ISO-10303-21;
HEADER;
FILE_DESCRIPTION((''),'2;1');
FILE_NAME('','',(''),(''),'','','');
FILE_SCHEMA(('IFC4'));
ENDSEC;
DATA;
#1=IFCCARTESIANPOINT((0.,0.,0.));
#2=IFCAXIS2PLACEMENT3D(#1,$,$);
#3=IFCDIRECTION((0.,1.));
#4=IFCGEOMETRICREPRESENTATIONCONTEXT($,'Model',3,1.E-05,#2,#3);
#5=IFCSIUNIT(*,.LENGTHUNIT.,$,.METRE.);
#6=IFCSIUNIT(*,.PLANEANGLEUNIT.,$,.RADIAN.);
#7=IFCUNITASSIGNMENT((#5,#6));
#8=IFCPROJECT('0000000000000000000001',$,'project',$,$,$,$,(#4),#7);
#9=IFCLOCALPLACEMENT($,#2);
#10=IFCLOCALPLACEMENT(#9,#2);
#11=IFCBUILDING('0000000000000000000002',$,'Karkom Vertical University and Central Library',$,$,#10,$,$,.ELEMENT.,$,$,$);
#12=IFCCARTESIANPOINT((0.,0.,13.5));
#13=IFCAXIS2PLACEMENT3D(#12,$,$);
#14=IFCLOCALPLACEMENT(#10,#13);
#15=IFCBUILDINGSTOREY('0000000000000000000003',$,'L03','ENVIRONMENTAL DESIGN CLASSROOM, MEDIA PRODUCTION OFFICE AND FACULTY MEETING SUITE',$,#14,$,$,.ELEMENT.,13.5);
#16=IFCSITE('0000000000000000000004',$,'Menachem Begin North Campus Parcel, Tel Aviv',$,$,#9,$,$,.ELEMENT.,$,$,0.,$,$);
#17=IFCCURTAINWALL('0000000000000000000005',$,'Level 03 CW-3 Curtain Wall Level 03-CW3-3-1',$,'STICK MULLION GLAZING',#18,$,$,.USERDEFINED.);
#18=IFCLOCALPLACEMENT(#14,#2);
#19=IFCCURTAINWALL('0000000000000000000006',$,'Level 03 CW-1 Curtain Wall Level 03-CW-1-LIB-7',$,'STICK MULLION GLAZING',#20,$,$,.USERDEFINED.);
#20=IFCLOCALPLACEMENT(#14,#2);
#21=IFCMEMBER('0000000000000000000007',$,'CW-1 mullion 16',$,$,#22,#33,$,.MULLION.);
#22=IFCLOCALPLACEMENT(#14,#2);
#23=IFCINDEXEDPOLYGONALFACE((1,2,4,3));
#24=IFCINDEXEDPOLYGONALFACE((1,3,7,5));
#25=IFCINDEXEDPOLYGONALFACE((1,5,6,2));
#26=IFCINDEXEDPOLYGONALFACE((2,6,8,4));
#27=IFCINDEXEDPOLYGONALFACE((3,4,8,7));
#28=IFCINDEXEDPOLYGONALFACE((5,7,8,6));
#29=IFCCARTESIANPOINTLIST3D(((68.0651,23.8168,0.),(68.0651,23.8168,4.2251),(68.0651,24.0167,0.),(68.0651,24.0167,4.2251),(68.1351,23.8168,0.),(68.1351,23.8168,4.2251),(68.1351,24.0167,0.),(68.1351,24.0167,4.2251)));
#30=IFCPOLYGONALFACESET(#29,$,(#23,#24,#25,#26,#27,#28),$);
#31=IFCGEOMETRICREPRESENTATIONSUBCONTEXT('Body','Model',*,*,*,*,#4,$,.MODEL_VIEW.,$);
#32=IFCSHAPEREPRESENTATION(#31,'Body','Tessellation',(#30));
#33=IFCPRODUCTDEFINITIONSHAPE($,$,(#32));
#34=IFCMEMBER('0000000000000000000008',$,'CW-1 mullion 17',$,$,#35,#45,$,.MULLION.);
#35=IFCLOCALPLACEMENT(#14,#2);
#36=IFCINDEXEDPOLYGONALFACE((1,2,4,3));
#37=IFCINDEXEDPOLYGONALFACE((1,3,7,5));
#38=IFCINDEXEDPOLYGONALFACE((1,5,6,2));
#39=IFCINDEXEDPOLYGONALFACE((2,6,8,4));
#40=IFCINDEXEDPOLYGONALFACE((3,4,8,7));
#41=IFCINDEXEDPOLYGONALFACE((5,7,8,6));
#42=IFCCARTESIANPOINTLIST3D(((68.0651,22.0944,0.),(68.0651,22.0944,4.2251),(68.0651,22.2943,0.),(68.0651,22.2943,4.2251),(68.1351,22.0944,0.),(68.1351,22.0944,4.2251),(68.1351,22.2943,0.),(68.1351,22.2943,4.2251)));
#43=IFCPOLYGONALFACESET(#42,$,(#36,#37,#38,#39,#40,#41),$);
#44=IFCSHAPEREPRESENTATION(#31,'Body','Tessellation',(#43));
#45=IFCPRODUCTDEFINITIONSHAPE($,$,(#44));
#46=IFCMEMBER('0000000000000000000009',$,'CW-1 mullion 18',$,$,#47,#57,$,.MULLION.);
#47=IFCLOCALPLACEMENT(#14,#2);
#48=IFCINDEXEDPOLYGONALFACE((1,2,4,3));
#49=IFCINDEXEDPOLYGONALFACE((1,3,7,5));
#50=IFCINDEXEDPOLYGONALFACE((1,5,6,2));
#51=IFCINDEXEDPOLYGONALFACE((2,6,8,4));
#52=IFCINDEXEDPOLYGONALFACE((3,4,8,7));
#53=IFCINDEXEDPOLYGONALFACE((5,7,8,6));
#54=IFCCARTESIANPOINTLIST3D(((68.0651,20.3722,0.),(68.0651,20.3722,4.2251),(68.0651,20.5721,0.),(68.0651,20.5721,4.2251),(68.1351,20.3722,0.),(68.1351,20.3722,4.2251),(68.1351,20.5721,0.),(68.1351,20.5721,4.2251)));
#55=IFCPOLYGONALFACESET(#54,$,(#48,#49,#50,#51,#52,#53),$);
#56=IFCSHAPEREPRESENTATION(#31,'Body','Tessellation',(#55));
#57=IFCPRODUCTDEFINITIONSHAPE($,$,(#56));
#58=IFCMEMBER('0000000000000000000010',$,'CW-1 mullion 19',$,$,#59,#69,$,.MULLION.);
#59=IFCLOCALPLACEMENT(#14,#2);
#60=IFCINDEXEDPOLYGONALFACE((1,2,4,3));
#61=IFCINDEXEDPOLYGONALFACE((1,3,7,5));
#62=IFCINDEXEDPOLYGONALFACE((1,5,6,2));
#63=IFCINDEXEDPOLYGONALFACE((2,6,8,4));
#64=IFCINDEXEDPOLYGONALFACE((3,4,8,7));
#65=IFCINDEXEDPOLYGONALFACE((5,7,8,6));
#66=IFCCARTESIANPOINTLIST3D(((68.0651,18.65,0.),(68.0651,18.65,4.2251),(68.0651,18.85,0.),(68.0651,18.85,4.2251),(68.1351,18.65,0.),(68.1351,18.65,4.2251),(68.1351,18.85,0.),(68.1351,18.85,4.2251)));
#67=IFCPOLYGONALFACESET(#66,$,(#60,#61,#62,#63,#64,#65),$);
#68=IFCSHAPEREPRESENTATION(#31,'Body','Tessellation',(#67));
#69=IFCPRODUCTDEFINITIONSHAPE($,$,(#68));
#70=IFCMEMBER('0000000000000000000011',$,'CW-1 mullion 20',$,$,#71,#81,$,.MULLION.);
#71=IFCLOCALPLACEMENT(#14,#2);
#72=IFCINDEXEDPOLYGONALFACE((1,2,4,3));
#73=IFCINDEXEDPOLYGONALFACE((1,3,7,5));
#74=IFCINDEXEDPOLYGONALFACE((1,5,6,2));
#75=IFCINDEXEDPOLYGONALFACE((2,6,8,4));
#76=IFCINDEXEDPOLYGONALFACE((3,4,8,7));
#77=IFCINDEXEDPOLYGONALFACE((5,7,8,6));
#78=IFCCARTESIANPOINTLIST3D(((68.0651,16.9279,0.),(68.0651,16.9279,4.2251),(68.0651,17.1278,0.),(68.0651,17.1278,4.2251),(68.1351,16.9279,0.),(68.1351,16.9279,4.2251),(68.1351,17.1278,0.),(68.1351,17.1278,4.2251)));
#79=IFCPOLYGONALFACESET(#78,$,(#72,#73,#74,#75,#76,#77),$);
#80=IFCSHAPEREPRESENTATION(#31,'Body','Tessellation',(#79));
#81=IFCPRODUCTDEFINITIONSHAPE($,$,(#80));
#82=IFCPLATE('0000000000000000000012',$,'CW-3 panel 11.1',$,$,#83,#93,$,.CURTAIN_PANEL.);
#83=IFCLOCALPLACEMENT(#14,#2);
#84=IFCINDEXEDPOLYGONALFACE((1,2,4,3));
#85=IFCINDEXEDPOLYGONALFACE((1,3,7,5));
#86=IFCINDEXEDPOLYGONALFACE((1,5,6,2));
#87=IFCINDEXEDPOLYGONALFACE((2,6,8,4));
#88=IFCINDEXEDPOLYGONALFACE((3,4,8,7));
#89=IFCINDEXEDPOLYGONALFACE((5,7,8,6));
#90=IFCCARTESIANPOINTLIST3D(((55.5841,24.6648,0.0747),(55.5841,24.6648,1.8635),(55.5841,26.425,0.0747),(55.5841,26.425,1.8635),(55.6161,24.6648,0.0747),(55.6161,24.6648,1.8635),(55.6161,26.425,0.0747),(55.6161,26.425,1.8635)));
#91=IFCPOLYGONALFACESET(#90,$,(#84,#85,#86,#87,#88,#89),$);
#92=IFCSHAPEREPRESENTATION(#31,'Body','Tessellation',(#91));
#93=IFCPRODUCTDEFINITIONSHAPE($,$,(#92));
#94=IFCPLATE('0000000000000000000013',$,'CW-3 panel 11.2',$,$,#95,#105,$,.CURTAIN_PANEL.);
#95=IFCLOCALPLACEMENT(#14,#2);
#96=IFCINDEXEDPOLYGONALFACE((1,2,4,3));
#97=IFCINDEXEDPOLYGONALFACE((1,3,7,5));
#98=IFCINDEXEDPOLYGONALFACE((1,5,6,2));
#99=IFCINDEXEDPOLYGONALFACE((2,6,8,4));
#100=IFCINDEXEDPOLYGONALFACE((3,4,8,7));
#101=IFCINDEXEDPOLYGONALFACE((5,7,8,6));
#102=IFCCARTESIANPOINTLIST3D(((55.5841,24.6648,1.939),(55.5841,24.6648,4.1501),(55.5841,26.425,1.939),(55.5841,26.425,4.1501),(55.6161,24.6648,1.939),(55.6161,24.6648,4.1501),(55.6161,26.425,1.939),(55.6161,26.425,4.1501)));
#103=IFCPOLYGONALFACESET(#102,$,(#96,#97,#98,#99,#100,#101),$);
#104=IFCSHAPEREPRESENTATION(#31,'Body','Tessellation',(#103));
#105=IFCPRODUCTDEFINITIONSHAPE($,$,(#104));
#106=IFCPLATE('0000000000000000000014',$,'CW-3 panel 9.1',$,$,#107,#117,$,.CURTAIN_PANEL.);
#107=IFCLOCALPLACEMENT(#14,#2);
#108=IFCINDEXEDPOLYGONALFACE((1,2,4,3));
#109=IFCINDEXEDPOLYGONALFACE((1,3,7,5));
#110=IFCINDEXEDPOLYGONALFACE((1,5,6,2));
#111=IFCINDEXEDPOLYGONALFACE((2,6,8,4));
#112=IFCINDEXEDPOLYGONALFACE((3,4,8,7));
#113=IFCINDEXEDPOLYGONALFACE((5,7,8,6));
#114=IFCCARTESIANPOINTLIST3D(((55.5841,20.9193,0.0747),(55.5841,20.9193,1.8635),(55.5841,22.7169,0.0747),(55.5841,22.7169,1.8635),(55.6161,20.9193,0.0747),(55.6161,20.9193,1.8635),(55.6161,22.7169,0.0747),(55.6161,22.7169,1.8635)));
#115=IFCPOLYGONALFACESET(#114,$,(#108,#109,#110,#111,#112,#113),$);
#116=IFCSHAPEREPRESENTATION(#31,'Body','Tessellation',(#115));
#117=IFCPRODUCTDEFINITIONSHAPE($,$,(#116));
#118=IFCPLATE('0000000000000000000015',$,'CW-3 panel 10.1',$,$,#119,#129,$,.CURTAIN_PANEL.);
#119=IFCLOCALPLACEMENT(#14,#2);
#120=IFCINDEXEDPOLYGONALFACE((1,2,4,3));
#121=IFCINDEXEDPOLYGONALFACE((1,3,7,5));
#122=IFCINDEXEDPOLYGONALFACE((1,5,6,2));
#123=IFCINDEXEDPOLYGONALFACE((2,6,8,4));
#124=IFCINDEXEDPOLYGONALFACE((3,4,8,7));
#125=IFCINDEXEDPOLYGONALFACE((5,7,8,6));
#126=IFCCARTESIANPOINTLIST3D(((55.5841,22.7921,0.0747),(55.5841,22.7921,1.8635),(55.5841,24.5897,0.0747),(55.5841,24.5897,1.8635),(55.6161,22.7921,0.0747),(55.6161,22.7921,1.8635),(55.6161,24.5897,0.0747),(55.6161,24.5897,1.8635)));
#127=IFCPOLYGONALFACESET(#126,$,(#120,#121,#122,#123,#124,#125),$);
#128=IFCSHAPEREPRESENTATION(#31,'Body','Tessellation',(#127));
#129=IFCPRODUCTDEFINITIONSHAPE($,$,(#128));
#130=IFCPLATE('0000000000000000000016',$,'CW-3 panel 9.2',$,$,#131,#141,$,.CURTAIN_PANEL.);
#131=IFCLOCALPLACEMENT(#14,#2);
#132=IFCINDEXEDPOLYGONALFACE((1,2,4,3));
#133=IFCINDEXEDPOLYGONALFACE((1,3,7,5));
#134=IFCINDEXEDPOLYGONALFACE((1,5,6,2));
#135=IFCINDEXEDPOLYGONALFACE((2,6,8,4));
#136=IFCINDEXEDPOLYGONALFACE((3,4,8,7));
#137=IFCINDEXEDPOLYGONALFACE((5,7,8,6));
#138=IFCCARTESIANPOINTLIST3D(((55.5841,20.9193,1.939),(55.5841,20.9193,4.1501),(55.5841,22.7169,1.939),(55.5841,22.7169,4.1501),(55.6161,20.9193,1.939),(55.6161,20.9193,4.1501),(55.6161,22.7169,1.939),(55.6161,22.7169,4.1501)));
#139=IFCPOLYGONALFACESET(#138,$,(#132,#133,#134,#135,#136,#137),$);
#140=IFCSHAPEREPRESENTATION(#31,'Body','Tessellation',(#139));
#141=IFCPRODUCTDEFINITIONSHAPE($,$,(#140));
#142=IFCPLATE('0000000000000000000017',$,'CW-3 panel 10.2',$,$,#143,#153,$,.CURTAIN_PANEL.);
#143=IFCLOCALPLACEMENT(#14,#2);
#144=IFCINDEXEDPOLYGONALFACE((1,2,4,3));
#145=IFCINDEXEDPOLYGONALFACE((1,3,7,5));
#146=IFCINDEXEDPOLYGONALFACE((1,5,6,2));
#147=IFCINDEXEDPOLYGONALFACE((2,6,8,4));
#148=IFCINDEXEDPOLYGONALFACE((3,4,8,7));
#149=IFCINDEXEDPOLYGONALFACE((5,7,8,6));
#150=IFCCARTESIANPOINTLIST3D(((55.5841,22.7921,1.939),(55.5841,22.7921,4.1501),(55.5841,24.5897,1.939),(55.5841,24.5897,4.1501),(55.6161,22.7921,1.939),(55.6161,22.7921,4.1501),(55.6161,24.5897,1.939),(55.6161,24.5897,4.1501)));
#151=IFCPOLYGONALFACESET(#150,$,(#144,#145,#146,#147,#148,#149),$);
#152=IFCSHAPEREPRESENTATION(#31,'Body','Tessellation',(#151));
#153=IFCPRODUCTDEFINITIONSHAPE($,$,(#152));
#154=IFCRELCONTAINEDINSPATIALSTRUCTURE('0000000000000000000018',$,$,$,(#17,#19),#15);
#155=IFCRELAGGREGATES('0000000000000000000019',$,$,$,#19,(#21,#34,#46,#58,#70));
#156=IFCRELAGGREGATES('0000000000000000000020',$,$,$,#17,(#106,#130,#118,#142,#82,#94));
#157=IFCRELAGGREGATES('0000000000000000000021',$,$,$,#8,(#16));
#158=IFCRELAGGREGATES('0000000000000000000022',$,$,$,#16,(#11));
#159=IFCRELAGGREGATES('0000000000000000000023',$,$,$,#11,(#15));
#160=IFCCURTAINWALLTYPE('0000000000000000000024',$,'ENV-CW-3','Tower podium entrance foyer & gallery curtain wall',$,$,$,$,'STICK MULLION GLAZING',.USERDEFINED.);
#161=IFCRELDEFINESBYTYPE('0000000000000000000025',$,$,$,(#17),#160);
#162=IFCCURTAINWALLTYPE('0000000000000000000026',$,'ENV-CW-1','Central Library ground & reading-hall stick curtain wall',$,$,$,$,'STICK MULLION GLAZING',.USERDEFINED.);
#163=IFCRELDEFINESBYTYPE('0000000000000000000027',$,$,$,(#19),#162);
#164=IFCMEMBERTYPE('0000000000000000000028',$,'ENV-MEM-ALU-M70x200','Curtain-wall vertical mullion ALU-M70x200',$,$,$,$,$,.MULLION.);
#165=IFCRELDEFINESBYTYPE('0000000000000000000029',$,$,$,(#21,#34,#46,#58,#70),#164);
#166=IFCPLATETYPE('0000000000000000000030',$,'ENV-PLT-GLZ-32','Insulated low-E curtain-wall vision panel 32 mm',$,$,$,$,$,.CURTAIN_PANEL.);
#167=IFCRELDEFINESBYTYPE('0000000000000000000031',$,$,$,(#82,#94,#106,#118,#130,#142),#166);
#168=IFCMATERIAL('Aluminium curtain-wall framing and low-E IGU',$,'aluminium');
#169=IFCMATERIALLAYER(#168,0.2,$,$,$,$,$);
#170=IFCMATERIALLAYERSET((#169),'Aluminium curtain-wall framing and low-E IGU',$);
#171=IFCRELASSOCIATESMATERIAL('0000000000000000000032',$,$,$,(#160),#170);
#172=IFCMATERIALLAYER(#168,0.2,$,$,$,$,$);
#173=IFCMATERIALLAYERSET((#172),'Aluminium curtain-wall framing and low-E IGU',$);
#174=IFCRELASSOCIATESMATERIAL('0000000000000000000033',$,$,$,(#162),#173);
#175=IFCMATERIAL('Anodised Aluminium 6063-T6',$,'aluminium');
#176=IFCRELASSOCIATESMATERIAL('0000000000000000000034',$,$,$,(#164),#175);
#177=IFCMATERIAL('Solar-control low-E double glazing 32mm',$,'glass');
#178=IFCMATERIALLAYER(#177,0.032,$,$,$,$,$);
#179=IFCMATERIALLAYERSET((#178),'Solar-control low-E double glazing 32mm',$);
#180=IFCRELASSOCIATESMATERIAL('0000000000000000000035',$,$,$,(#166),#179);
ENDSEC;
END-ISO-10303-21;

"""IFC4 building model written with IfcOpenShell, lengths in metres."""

from ifc_helpers import new_model, si_unit, direction, frame, origin, origin_with_axes, origin_2d, place, context, subcontext, project, spatial, rectangle, extrude, source, transform, mapped, material, layer, layer_set, material_profile, profile_set, type_object, element, aggregate, save


model = new_model("IFC4")

# Units and contexts
model_context = context("Model", 3, precision=1e-05, world=origin(), true_north=direction((0.0, 1.0)))
body_context = subcontext(model_context, "Body", "Model", "MODEL_VIEW")
ifc_project = project(units=[si_unit("LENGTHUNIT", "METRE"), si_unit("PLANEANGLEUNIT", "RADIAN")], contexts=[model_context])

# Site, building, storey
site_placement = place(None, origin())
site = spatial("IfcSite", under=ifc_project, at=site_placement, Name="Menachem Begin North Campus Parcel, Tel Aviv", CompositionType="ELEMENT", RefElevation=0.0)
building_placement = place(site_placement, origin())
building = spatial("IfcBuilding", under=site, at=building_placement, Name="Karkom Vertical University and Central Library", CompositionType="ELEMENT")
storey_placement = place(building_placement, frame((0.0, 0.0, 13.5)))
storey = spatial("IfcBuildingStorey", under=building, at=storey_placement, Name="L03", Description="ENVIRONMENTAL DESIGN CLASSROOM, MEDIA PRODUCTION OFFICE AND FACULTY MEETING SUITE", CompositionType="ELEMENT", Elevation=13.5)

# Curtain wall
ifc_material_1 = material(Name="Aluminium curtain-wall framing and low-E IGU", Category="aluminium")
ifc_layer_1 = layer(ifc_material_1, 0.2)
ifc_layer_set_1 = layer_set([ifc_layer_1], Name="Aluminium curtain-wall framing and low-E IGU")
curtain_wall_type_1 = type_object("IfcCurtainWallType", Name="ENV-CW-3", Description="Tower podium entrance foyer & gallery curtain wall", ElementType="STICK MULLION GLAZING", PredefinedType="USERDEFINED", material=ifc_layer_set_1)
curtain_wall_1_placement = place(storey_placement, origin())
curtain_wall_1 = element("IfcCurtainWall", 1, at=curtain_wall_1_placement, inside=storey, type_object=curtain_wall_type_1, Name="Level 03 CW-3 Curtain Wall Level 03-CW3-3-1", ObjectType="STICK MULLION GLAZING", PredefinedType="USERDEFINED")
ifc_material_2 = material(Name="Anodised Aluminium 6063-T6", Category="aluminium")

# Curtain wall, members
ifc_layer_2 = layer(ifc_material_1, 0.2)
ifc_layer_set_2 = layer_set([ifc_layer_2], Name="Aluminium curtain-wall framing and low-E IGU")
curtain_wall_type_2 = type_object("IfcCurtainWallType", Name="ENV-CW-1", Description="Central Library ground & reading-hall stick curtain wall", ElementType="STICK MULLION GLAZING", PredefinedType="USERDEFINED", material=ifc_layer_set_2)
curtain_wall_2_placement = place(storey_placement, origin())
curtain_wall_2 = element("IfcCurtainWall", 2, at=curtain_wall_2_placement, inside=storey, type_object=curtain_wall_type_2, Name="Level 03 CW-1 Curtain Wall Level 03-CW-1-LIB-7", ObjectType="STICK MULLION GLAZING", PredefinedType="USERDEFINED")
ifc_material_profile_1 = material_profile(ifc_material_2, rectangle(XDim=0.0701, YDim=0.2, at=origin_2d()), Name="ALU-M70x200")
ifc_profile_set_1 = profile_set([ifc_material_profile_1], Name="Anodised Aluminium 6063-T6")
member_type_1 = type_object("IfcMemberType", Name="ENV-MEM-ALU-M70x200", Description="Curtain-wall vertical mullion ALU-M70x200", PredefinedType="MULLION", material=ifc_profile_set_1)
shared_shape_1 = source(origin_with_axes(), body_context, "Body", "SweptSolid", [
    extrude(rectangle(XDim=0.0701, YDim=0.2, at=origin_2d()), origin(), (0.0, 0.0, 1.0), 4.2251),
])
member_1_placement = place(storey_placement, frame((68.1001, 23.9167, 0.0), z_axis=(0.0, 0.0, 1.0), x_axis=(1.0, 0.0, 0.0)))
member_1 = element("IfcMember", 3, at=member_1_placement, type_object=member_type_1, Name="CW-1 mullion 16", PredefinedType="MULLION", context=body_context, shape_type="MappedRepresentation", body=[
    mapped(shared_shape_1, transform((0.0, 0.0, 0.0), scale=1.0)),
])
member_2_placement = place(storey_placement, frame((68.1001, 22.1943, 0.0), z_axis=(0.0, 0.0, 1.0), x_axis=(1.0, 0.0, 0.0)))
member_2 = element("IfcMember", 4, at=member_2_placement, type_object=member_type_1, Name="CW-1 mullion 17", PredefinedType="MULLION", context=body_context, shape_type="MappedRepresentation", body=[
    mapped(shared_shape_1, transform((0.0, 0.0, 0.0), scale=1.0)),
])
member_3_placement = place(storey_placement, frame((68.1001, 20.4722, 0.0), z_axis=(0.0, 0.0, 1.0), x_axis=(1.0, 0.0, 0.0)))
member_3 = element("IfcMember", 5, at=member_3_placement, type_object=member_type_1, Name="CW-1 mullion 18", PredefinedType="MULLION", context=body_context, shape_type="MappedRepresentation", body=[
    mapped(shared_shape_1, transform((0.0, 0.0, 0.0), scale=1.0)),
])
member_4_placement = place(storey_placement, frame((68.1001, 18.75, 0.0), z_axis=(0.0, 0.0, 1.0), x_axis=(1.0, 0.0, 0.0)))
member_4 = element("IfcMember", 6, at=member_4_placement, type_object=member_type_1, Name="CW-1 mullion 19", PredefinedType="MULLION", context=body_context, shape_type="MappedRepresentation", body=[
    mapped(shared_shape_1, transform((0.0, 0.0, 0.0), scale=1.0)),
])
member_5_placement = place(storey_placement, frame((68.1001, 17.0278, 0.0), z_axis=(0.0, 0.0, 1.0), x_axis=(1.0, 0.0, 0.0)))
member_5 = element("IfcMember", 7, at=member_5_placement, type_object=member_type_1, Name="CW-1 mullion 20", PredefinedType="MULLION", context=body_context, shape_type="MappedRepresentation", body=[
    mapped(shared_shape_1, transform((0.0, 0.0, 0.0), scale=1.0)),
])
aggregate(curtain_wall_2, [member_1, member_2, member_3, member_4, member_5])

# Plates
ifc_material_3 = material(Name="Solar-control low-E double glazing 32mm", Category="glass")
ifc_layer_3 = layer(ifc_material_3, 0.032)
ifc_layer_set_3 = layer_set([ifc_layer_3], Name="Solar-control low-E double glazing 32mm")
plate_type = type_object("IfcPlateType", Name="ENV-PLT-GLZ-32", Description="Insulated low-E curtain-wall vision panel 32 mm", PredefinedType="CURTAIN_PANEL", material=ifc_layer_set_3)
shared_shape_2 = source(origin_with_axes(), body_context, "Body", "SweptSolid", [
    extrude(rectangle(XDim=1.7603, YDim=0.032, at=origin_2d()), origin(), (0.0, 0.0, 1.0), 1.7888),
])
plate_1_placement = place(storey_placement, frame((55.6001, 25.5449, 0.0747), z_axis=(0.0, 0.0, 1.0), x_axis=(0.0, 1.0, 0.0)))
plate_1 = element("IfcPlate", 8, at=plate_1_placement, type_object=plate_type, Name="CW-3 panel 11.1", PredefinedType="CURTAIN_PANEL", context=body_context, shape_type="MappedRepresentation", body=[
    mapped(shared_shape_2, transform((0.0, 0.0, 0.0), scale=1.0)),
])
shared_shape_3 = source(origin_with_axes(), body_context, "Body", "SweptSolid", [
    extrude(rectangle(XDim=1.7603, YDim=0.032, at=origin_2d()), origin(), (0.0, 0.0, 1.0), 2.2112),
])
plate_2_placement = place(storey_placement, frame((55.6001, 25.5449, 1.939), z_axis=(0.0, 0.0, 1.0), x_axis=(0.0, 1.0, 0.0)))
plate_2 = element("IfcPlate", 9, at=plate_2_placement, type_object=plate_type, Name="CW-3 panel 11.2", PredefinedType="CURTAIN_PANEL", context=body_context, shape_type="MappedRepresentation", body=[
    mapped(shared_shape_3, transform((0.0, 0.0, 0.0), scale=1.0)),
])
shared_shape_4 = source(origin_with_axes(), body_context, "Body", "SweptSolid", [
    extrude(rectangle(XDim=1.7976, YDim=0.032, at=origin_2d()), origin(), (0.0, 0.0, 1.0), 1.7888),
])
plate_3_placement = place(storey_placement, frame((55.6001, 21.8181, 0.0747), z_axis=(0.0, 0.0, 1.0), x_axis=(0.0, 1.0, 0.0)))
plate_3 = element("IfcPlate", 10, at=plate_3_placement, type_object=plate_type, Name="CW-3 panel 9.1", PredefinedType="CURTAIN_PANEL", context=body_context, shape_type="MappedRepresentation", body=[
    mapped(shared_shape_4, transform((0.0, 0.0, 0.0), scale=1.0)),
])
plate_4_placement = place(storey_placement, frame((55.6001, 23.6909, 0.0747), z_axis=(0.0, 0.0, 1.0), x_axis=(0.0, 1.0, 0.0)))
plate_4 = element("IfcPlate", 11, at=plate_4_placement, type_object=plate_type, Name="CW-3 panel 10.1", PredefinedType="CURTAIN_PANEL", context=body_context, shape_type="MappedRepresentation", body=[
    mapped(shared_shape_4, transform((0.0, 0.0, 0.0), scale=1.0)),
])
shared_shape_5 = source(origin_with_axes(), body_context, "Body", "SweptSolid", [
    extrude(rectangle(XDim=1.7976, YDim=0.032, at=origin_2d()), origin(), (0.0, 0.0, 1.0), 2.2112),
])
plate_5_placement = place(storey_placement, frame((55.6001, 21.8181, 1.939), z_axis=(0.0, 0.0, 1.0), x_axis=(0.0, 1.0, 0.0)))
plate_5 = element("IfcPlate", 12, at=plate_5_placement, type_object=plate_type, Name="CW-3 panel 9.2", PredefinedType="CURTAIN_PANEL", context=body_context, shape_type="MappedRepresentation", body=[
    mapped(shared_shape_5, transform((0.0, 0.0, 0.0), scale=1.0)),
])
plate_6_placement = place(storey_placement, frame((55.6001, 23.6909, 1.939), z_axis=(0.0, 0.0, 1.0), x_axis=(0.0, 1.0, 0.0)))
plate_6 = element("IfcPlate", 13, at=plate_6_placement, type_object=plate_type, Name="CW-3 panel 10.2", PredefinedType="CURTAIN_PANEL", context=body_context, shape_type="MappedRepresentation", body=[
    mapped(shared_shape_5, transform((0.0, 0.0, 0.0), scale=1.0)),
])
aggregate(curtain_wall_1, [plate_3, plate_5, plate_4, plate_6, plate_1, plate_2])

save(model, "model.ifc")
